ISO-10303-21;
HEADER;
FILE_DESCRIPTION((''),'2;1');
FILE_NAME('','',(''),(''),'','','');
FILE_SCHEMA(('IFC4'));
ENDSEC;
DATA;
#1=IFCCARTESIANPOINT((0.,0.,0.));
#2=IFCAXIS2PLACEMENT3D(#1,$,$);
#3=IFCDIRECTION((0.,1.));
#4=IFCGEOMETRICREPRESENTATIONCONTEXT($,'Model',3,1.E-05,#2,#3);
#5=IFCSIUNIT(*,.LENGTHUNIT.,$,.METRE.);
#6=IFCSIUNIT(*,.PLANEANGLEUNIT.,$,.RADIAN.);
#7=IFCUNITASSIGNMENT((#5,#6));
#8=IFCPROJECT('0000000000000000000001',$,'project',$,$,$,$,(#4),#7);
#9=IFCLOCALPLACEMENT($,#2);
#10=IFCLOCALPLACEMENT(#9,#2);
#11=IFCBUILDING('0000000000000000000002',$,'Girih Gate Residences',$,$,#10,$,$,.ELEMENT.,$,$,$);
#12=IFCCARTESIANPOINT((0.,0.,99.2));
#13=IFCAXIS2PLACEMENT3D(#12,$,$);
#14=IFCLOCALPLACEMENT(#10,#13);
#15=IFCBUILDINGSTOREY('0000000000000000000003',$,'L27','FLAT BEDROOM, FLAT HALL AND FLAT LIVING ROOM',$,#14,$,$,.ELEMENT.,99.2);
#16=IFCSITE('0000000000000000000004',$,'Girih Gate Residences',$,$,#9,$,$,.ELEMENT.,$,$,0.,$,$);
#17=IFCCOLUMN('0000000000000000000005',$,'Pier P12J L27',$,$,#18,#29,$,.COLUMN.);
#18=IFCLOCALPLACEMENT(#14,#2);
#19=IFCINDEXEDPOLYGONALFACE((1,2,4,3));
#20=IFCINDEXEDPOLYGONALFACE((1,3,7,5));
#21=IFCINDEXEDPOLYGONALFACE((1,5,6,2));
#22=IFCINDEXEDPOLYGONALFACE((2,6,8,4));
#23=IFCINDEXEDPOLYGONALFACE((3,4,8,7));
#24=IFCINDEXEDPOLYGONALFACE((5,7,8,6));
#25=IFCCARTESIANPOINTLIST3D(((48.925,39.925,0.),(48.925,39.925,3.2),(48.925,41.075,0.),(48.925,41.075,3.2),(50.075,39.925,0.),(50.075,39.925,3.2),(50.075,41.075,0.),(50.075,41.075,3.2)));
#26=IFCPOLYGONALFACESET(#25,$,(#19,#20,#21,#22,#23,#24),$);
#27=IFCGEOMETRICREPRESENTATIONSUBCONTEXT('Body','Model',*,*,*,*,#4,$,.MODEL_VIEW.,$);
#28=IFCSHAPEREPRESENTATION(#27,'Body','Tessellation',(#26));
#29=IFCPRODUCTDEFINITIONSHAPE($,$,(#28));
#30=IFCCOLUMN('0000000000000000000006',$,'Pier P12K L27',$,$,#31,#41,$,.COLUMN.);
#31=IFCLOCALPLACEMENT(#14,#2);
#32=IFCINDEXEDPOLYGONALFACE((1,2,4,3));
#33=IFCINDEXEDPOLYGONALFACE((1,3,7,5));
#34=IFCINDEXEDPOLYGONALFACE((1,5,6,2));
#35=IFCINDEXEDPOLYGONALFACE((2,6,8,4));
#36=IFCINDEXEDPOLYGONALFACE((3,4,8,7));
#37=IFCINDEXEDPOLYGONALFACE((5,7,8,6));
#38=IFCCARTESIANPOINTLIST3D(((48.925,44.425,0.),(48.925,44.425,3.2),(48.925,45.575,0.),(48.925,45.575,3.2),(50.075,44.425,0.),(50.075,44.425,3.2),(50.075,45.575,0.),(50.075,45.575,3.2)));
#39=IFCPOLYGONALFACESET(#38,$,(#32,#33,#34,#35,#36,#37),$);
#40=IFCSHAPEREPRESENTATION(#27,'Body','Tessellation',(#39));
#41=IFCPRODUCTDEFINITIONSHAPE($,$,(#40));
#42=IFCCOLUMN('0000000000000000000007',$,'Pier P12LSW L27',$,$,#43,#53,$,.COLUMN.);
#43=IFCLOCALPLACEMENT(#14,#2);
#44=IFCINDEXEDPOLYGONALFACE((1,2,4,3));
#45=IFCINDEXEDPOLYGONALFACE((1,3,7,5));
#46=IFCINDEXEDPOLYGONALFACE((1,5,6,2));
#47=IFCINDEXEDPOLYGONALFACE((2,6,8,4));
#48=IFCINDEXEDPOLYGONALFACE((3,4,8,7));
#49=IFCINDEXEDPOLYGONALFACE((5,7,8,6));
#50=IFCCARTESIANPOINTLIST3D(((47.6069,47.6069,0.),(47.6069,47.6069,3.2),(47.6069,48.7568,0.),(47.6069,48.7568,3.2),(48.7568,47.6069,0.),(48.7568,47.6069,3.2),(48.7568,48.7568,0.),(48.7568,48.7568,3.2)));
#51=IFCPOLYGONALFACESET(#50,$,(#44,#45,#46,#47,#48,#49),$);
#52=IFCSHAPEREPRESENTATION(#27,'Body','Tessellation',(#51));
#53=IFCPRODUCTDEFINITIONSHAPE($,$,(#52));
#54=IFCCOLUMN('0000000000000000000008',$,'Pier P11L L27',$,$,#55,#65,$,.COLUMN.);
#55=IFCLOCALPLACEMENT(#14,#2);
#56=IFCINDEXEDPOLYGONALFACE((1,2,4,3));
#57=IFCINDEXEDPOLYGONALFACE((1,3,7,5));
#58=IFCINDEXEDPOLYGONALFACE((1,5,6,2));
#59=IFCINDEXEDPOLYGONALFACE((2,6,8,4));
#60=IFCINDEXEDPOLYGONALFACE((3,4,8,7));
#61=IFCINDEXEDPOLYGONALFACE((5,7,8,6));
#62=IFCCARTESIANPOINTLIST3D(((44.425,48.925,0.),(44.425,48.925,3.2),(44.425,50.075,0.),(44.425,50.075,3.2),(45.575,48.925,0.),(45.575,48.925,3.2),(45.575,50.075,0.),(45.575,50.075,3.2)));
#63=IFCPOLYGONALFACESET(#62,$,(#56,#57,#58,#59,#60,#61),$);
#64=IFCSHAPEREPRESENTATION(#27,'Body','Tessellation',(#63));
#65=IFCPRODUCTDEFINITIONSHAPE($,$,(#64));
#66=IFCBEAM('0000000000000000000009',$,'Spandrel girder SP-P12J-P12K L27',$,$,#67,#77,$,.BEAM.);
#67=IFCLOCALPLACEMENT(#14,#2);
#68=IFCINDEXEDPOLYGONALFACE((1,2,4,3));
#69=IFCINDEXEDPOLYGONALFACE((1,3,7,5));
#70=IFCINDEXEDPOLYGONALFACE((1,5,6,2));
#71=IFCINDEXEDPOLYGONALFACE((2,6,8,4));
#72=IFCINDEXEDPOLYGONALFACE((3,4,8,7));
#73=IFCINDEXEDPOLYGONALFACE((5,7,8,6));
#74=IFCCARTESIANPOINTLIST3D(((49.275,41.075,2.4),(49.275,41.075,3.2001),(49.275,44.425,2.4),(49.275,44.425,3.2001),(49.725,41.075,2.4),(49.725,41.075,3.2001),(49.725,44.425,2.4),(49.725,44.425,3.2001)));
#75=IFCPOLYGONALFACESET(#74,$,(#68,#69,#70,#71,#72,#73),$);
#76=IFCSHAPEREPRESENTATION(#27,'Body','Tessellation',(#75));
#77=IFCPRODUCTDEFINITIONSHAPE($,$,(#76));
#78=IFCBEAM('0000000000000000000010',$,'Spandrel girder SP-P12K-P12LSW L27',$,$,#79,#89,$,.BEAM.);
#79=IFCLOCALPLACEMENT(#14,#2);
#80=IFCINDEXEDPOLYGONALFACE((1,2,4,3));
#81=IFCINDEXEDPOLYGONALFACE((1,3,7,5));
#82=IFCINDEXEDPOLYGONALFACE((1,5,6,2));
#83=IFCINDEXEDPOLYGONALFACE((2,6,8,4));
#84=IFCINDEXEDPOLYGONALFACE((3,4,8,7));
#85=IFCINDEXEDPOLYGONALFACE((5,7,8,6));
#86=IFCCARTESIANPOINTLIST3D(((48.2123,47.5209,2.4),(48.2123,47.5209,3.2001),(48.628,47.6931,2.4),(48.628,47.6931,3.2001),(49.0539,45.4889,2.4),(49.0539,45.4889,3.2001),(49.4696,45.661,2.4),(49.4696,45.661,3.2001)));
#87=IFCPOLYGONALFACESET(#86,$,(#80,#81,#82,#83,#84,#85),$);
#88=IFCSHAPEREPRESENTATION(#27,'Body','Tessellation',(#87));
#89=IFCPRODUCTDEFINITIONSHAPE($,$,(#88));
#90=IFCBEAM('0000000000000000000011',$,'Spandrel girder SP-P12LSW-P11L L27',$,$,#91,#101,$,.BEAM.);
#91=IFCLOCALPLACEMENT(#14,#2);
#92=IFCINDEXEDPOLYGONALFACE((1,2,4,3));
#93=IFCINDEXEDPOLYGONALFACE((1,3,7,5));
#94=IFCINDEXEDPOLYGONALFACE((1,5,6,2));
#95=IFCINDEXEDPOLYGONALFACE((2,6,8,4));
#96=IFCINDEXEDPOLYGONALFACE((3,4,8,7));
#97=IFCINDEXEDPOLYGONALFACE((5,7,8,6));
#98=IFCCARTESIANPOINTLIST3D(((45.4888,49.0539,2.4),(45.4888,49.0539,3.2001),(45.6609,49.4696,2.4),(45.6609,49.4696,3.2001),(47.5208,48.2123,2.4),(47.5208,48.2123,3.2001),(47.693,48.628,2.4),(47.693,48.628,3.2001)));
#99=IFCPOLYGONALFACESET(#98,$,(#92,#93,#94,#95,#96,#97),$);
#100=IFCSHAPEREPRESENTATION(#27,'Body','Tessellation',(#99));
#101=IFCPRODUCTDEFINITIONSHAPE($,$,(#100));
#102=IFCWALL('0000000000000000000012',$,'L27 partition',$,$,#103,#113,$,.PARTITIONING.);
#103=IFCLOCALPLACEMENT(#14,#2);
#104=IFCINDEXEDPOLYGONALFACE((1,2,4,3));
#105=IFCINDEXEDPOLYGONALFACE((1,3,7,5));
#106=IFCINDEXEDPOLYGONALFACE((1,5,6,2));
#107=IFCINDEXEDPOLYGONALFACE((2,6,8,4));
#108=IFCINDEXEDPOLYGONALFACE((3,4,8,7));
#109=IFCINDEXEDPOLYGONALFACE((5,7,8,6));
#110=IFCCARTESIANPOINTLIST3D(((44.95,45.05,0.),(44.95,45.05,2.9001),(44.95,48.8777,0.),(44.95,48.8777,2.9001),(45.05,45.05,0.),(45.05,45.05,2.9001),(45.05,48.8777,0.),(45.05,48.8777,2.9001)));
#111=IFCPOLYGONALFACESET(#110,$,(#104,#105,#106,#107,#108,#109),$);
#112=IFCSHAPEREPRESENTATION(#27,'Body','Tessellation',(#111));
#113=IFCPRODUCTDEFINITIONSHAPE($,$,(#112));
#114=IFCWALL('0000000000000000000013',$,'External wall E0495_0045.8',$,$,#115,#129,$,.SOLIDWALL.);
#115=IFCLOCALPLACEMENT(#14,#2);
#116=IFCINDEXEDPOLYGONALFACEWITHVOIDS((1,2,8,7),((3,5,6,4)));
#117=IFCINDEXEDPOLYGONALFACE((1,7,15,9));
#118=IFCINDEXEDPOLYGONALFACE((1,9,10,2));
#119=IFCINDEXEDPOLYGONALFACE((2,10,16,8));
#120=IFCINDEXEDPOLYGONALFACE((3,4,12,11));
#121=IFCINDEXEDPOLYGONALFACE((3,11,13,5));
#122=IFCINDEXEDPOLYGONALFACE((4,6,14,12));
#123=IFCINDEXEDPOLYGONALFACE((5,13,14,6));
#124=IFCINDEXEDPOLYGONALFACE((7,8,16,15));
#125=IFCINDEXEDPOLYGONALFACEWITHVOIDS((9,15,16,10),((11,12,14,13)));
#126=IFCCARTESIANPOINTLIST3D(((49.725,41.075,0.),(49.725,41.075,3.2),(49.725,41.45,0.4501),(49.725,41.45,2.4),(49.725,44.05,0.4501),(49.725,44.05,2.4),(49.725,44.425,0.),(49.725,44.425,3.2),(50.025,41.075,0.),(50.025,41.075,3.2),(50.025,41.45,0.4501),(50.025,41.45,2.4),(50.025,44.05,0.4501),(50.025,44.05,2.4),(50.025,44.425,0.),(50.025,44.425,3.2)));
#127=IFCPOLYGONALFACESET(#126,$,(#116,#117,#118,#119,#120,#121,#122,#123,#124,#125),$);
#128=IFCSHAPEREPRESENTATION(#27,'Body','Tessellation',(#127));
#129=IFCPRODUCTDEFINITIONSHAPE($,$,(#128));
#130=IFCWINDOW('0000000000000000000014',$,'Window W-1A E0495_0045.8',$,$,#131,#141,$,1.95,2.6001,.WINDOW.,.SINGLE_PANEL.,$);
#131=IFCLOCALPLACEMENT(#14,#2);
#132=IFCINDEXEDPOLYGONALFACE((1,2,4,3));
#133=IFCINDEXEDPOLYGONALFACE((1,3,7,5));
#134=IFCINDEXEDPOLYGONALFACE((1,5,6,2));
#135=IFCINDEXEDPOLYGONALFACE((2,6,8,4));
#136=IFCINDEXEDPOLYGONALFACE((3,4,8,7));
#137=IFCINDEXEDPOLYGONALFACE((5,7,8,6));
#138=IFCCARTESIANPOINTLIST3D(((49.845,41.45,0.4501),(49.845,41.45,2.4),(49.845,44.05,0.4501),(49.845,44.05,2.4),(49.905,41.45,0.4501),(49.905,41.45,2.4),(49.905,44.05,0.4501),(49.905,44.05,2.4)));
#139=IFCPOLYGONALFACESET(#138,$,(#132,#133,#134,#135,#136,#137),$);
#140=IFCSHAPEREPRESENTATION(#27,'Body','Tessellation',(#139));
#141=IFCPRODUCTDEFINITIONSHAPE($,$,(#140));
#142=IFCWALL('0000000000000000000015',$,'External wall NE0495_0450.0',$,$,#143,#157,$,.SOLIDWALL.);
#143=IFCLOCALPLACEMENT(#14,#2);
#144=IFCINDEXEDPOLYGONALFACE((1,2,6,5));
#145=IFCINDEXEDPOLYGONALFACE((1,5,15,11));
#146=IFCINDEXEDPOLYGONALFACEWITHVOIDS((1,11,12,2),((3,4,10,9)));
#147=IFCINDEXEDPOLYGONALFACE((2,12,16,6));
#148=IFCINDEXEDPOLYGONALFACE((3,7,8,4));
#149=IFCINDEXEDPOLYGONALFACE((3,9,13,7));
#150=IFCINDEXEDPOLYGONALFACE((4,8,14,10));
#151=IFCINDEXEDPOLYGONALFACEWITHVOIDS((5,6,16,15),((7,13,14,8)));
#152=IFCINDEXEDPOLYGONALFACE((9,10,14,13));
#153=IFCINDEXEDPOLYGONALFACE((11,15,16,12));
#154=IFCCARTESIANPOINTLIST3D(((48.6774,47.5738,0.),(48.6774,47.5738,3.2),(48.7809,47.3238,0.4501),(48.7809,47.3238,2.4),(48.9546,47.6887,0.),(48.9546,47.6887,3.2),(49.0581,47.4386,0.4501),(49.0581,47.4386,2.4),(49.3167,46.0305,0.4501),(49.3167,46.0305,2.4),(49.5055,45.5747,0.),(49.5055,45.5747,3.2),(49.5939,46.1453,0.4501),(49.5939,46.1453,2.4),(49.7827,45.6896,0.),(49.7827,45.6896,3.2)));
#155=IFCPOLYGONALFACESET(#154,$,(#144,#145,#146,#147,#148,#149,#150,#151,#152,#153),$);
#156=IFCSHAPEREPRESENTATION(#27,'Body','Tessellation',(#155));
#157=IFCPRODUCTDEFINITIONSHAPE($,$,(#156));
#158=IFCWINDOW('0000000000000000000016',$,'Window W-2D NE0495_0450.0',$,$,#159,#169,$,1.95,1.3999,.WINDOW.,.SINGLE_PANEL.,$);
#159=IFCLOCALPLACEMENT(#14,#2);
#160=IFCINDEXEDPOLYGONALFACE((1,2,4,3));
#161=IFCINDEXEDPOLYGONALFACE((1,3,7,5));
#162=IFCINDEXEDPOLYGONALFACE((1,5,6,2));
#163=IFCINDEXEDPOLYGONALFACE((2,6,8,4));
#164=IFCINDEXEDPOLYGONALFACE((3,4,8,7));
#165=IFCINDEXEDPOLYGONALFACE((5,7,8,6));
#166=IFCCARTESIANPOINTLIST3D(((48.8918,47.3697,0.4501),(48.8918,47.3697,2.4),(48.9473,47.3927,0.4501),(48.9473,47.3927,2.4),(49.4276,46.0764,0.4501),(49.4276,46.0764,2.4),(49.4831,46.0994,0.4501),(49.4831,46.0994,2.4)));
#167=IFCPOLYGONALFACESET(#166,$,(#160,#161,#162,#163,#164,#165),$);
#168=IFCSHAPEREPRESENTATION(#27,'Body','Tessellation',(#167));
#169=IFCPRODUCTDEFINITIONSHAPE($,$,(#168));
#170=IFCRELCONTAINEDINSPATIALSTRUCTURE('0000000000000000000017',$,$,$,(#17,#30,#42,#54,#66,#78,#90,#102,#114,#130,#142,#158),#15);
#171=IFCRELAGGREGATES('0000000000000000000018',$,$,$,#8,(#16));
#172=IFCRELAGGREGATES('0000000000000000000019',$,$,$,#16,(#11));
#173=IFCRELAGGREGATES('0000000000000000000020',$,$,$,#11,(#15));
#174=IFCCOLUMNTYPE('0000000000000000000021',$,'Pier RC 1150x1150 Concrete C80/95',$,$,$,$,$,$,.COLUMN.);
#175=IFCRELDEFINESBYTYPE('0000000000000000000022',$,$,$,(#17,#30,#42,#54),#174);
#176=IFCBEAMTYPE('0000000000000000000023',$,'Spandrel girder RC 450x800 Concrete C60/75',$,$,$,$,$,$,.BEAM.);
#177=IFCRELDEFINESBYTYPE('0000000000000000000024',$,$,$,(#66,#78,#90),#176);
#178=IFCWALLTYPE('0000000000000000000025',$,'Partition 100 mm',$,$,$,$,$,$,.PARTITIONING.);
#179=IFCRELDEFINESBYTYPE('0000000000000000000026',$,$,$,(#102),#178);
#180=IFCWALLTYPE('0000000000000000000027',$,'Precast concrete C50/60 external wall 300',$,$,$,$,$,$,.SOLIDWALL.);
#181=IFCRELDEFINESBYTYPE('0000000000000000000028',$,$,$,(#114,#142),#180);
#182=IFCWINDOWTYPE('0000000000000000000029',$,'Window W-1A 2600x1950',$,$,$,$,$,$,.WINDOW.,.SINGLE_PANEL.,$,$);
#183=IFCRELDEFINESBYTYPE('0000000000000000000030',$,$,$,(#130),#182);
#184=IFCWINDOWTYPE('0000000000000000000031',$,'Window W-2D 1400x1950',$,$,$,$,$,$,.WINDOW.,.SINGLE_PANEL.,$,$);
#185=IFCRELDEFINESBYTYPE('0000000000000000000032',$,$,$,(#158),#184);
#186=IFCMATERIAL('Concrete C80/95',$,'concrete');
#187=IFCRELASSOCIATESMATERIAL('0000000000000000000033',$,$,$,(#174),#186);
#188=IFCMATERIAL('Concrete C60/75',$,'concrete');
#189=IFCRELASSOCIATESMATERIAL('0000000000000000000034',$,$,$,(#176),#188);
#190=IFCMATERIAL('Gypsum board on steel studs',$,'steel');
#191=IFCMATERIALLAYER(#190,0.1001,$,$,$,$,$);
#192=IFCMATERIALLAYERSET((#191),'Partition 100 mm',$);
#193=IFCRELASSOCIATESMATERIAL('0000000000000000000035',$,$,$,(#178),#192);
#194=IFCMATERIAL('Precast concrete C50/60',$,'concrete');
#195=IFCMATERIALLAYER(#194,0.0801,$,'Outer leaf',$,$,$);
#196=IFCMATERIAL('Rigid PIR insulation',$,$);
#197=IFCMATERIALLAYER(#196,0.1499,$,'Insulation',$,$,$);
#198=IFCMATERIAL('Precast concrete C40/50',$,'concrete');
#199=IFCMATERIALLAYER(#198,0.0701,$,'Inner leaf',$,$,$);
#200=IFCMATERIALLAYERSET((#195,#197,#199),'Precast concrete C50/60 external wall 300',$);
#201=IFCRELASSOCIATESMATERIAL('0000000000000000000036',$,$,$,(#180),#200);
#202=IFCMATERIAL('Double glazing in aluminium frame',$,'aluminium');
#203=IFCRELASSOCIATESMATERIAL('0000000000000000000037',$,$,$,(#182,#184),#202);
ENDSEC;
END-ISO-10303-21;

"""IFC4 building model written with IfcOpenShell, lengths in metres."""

from ifc_helpers import new_model, si_unit, direction, frame, frame_2d, origin, origin_2d, place, context, subcontext, project, spatial, rectangle, extrude, material, layer, layer_set, material_profile, profile_set, type_object, element, fill, save


model = new_model("IFC4")

# Units and contexts
model_context = context("Model", 3, precision=1e-05, world=origin(), true_north=direction((0.0, 1.0)))
body_context = subcontext(model_context, "Body", "Model", "MODEL_VIEW")
ifc_project = project(units=[si_unit("LENGTHUNIT", "METRE"), si_unit("PLANEANGLEUNIT", "RADIAN")], contexts=[model_context])

# Site, building, storey
site_placement = place(None, origin())
site = spatial("IfcSite", under=ifc_project, at=site_placement, Name="Girih Gate Residences", CompositionType="ELEMENT", RefElevation=0.0)
building_placement = place(site_placement, origin())
building = spatial("IfcBuilding", under=site, at=building_placement, Name="Girih Gate Residences", CompositionType="ELEMENT")
storey_placement = place(building_placement, frame((0.0, 0.0, 99.2)))
storey = spatial("IfcBuildingStorey", under=building, at=storey_placement, Name="L27", Description="FLAT BEDROOM, FLAT HALL AND FLAT LIVING ROOM", CompositionType="ELEMENT", Elevation=99.2)

# Columns
ifc_material_1 = material(Name="Concrete C80/95", Category="concrete")
ifc_material_profile_1 = material_profile(ifc_material_1, rectangle(XDim=1.1499, YDim=1.1499, at=origin_2d()))
ifc_profile_set_1 = profile_set([ifc_material_profile_1], Name="Concrete C80/95")
column_type = type_object("IfcColumnType", Name="Pier RC 1150x1150 Concrete C80/95", PredefinedType="COLUMN", material=ifc_profile_set_1)
for number, where, z_axis, x_axis, name in (
    (1, (49.5, 40.5, 0.0), (0.0, 0.0, 1.0), (1.0, 0.0, 0.0), "Pier P12J L27"),
    (2, (49.5, 45.0, 0.0), (0.0, 0.0, 1.0), (1.0, 0.0, 0.0), "Pier P12K L27"),
    (3, (48.1819, 48.1819, 0.0), (0.0, 0.0, 1.0), (1.0, 0.0, 0.0), "Pier P12LSW L27"),
    (4, (45.0, 49.5, 0.0), (0.0, 0.0, 1.0), (1.0, 0.0, 0.0), "Pier P11L L27"),
):
    element("IfcColumn", number, at=place(storey_placement, frame(where, z_axis=z_axis, x_axis=x_axis)), inside=storey, type_object=column_type, Name=name, PredefinedType="COLUMN", context=body_context, shape_type="SweptSolid", body=[
        extrude(rectangle(XDim=1.1499, YDim=1.1499, at=origin_2d()), origin(), (0.0, 0.0, 1.0), 3.2),
    ])

# Beams
ifc_material_2 = material(Name="Concrete C60/75", Category="concrete")
ifc_material_profile_2 = material_profile(ifc_material_2, rectangle(XDim=0.45, YDim=0.8, at=origin_2d()))
ifc_profile_set_2 = profile_set([ifc_material_profile_2], Name="Concrete C60/75")
beam_type = type_object("IfcBeamType", Name="Spandrel girder RC 450x800 Concrete C60/75", PredefinedType="BEAM", material=ifc_profile_set_2)
beam_placement = place(storey_placement, frame((49.5, 41.075, 2.8), z_axis=(0.0, 1.0, 0.0), x_axis=(-1.0, 0.0, 0.0)))
element("IfcBeam", 5, at=beam_placement, inside=storey, type_object=beam_type, Name="Spandrel girder SP-P12J-P12K L27", PredefinedType="BEAM", context=body_context, shape_type="SweptSolid", body=[
    extrude(rectangle(XDim=0.45, YDim=0.8, at=origin_2d()), origin(), (0.0, 0.0, 1.0), 3.3501),
])
for number, where, z_axis, x_axis, name in (
    (6, (49.2617, 45.575, 2.8), (-0.382636, 0.923899, 0.0), (-0.923899, -0.382636, 0.0), "Spandrel girder SP-P12K-P12LSW L27"),
    (7, (47.6069, 48.4202, 2.8), (-0.923899, 0.382636, 0.0), (-0.382636, -0.923899, 0.0), "Spandrel girder SP-P12LSW-P11L L27"),
):
    element("IfcBeam", number, at=place(storey_placement, frame(where, z_axis=z_axis, x_axis=x_axis)), inside=storey, type_object=beam_type, Name=name, PredefinedType="BEAM", context=body_context, shape_type="SweptSolid", body=[
        extrude(rectangle(XDim=0.45, YDim=0.8, at=origin_2d()), origin(), (0.0, 0.0, 1.0), 2.1995),
    ])

# Wall
ifc_material_3 = material(Name="Gypsum board on steel studs", Category="steel")
ifc_layer_1 = layer(ifc_material_3, 0.1001)
ifc_layer_set_1 = layer_set([ifc_layer_1], Name="Partition 100 mm")
wall_type_1 = type_object("IfcWallType", Name="Partition 100 mm", PredefinedType="PARTITIONING", material=ifc_layer_set_1)
wall_1_placement = place(storey_placement, frame((45.0, 45.05, 0.0), z_axis=(0.0, 0.0, 1.0), x_axis=(0.0, 1.0, 0.0)))
element("IfcWall", 8, at=wall_1_placement, inside=storey, type_object=wall_type_1, Name="L27 partition", PredefinedType="PARTITIONING", context=body_context, shape_type="SweptSolid", body=[
    extrude(rectangle(XDim=3.8276, YDim=0.1001, at=frame_2d((1.9138, 0.0))), origin(), (0.0, 0.0, 1.0), 2.9001),
])

# Walls, openings, windows
ifc_material_4 = material(Name="Precast concrete C50/60", Category="concrete")
ifc_layer_2 = layer(ifc_material_4, 0.0801, Name="Outer leaf")
ifc_material_5 = material(Name="Rigid PIR insulation")
ifc_layer_3 = layer(ifc_material_5, 0.1499, Name="Insulation")
ifc_material_6 = material(Name="Precast concrete C40/50", Category="concrete")
ifc_layer_4 = layer(ifc_material_6, 0.0701, Name="Inner leaf")
ifc_layer_set_2 = layer_set([ifc_layer_2, ifc_layer_3, ifc_layer_4], Name="Precast concrete C50/60 external wall 300")
wall_type_2 = type_object("IfcWallType", Name="Precast concrete C50/60 external wall 300", PredefinedType="SOLIDWALL", material=ifc_layer_set_2)
wall_2_placement = place(storey_placement, frame((49.875, 44.425, 0.0), z_axis=(0.0, 0.0, 1.0), x_axis=(0.0, -1.0, 0.0)))
wall_2 = element("IfcWall", 9, at=wall_2_placement, inside=storey, type_object=wall_type_2, Name="External wall E0495_0045.8", PredefinedType="SOLIDWALL", context=body_context, shape_type="SweptSolid", body=[
    extrude(rectangle(XDim=3.3501, YDim=0.3, at=frame_2d((1.675, 0.0))), origin(), (0.0, 0.0, 1.0), 3.2),
])
opening_1_placement = place(wall_2_placement, frame((0.375, 0.0, 0.45)))
opening_1 = element("IfcOpeningElement", 10, at=opening_1_placement, cuts=wall_2, PredefinedType="OPENING", context=body_context, shape_type="SweptSolid", body=[
    extrude(rectangle(XDim=2.6001, YDim=1.95, at=frame_2d((1.3, 0.9751))), frame((0.0, 0.1599, 0.0), z_axis=(0.0, -1.0, 0.0), x_axis=(1.0, 0.0, 0.0)), (0.0, 0.0, 1.0), 0.3201),
])
ifc_material_7 = material(Name="Double glazing in aluminium frame", Category="aluminium")
window_type_1 = type_object("IfcWindowType", Name="Window W-1A 2600x1950", PartitioningType="SINGLE_PANEL", PredefinedType="WINDOW", material=ifc_material_7)
window_1_placement = place(opening_1_placement, origin())
window_1 = element("IfcWindow", 11, at=window_1_placement, inside=storey, type_object=window_type_1, Name="Window W-1A E0495_0045.8", OverallHeight=1.95, OverallWidth=2.6001, PartitioningType="SINGLE_PANEL", PredefinedType="WINDOW", context=body_context, shape_type="SweptSolid", body=[
    extrude(rectangle(XDim=2.6001, YDim=1.95, at=frame_2d((1.3, 0.9751))), frame((0.0, 0.03, 0.0), z_axis=(0.0, -1.0, 0.0), x_axis=(1.0, 0.0, 0.0)), (0.0, 0.0, 1.0), 0.0601),
])
fill(opening_1, window_1)
wall_3_placement = place(storey_placement, frame((48.8159, 47.6313, 0.0), z_axis=(0.0, 0.0, 1.0), x_axis=(0.382724, -0.923863, 0.0)))
wall_3 = element("IfcWall", 12, at=wall_3_placement, inside=storey, type_object=wall_type_2, Name="External wall NE0495_0450.0", PredefinedType="SOLIDWALL", context=body_context, shape_type="SweptSolid", body=[
    extrude(rectangle(XDim=2.1638, YDim=0.3, at=frame_2d((1.082, 0.0))), origin(), (0.0, 0.0, 1.0), 3.2),
])
opening_2_placement = place(wall_3_placement, frame((0.2708, 0.0, 0.45)))
opening_2 = element("IfcOpeningElement", 13, at=opening_2_placement, cuts=wall_3, PredefinedType="OPENING", context=body_context, shape_type="SweptSolid", body=[
    extrude(rectangle(XDim=1.3999, YDim=1.95, at=frame_2d((0.7, 0.9751))), frame((0.0, 0.1599, 0.0), z_axis=(0.0, -1.0, 0.0), x_axis=(1.0, 0.0, 0.0)), (0.0, 0.0, 1.0), 0.3201),
])
window_type_2 = type_object("IfcWindowType", Name="Window W-2D 1400x1950", PartitioningType="SINGLE_PANEL", PredefinedType="WINDOW", material=ifc_material_7)
window_2_placement = place(opening_2_placement, origin())
window_2 = element("IfcWindow", 14, at=window_2_placement, inside=storey, type_object=window_type_2, Name="Window W-2D NE0495_0450.0", OverallHeight=1.95, OverallWidth=1.3999, PartitioningType="SINGLE_PANEL", PredefinedType="WINDOW", context=body_context, shape_type="SweptSolid", body=[
    extrude(rectangle(XDim=1.3999, YDim=1.95, at=frame_2d((0.7, 0.9751))), frame((0.0, 0.03, 0.0), z_axis=(0.0, -1.0, 0.0), x_axis=(1.0, 0.0, 0.0)), (0.0, 0.0, 1.0), 0.0601),
])
fill(opening_2, window_2)

save(model, "model.ifc")
